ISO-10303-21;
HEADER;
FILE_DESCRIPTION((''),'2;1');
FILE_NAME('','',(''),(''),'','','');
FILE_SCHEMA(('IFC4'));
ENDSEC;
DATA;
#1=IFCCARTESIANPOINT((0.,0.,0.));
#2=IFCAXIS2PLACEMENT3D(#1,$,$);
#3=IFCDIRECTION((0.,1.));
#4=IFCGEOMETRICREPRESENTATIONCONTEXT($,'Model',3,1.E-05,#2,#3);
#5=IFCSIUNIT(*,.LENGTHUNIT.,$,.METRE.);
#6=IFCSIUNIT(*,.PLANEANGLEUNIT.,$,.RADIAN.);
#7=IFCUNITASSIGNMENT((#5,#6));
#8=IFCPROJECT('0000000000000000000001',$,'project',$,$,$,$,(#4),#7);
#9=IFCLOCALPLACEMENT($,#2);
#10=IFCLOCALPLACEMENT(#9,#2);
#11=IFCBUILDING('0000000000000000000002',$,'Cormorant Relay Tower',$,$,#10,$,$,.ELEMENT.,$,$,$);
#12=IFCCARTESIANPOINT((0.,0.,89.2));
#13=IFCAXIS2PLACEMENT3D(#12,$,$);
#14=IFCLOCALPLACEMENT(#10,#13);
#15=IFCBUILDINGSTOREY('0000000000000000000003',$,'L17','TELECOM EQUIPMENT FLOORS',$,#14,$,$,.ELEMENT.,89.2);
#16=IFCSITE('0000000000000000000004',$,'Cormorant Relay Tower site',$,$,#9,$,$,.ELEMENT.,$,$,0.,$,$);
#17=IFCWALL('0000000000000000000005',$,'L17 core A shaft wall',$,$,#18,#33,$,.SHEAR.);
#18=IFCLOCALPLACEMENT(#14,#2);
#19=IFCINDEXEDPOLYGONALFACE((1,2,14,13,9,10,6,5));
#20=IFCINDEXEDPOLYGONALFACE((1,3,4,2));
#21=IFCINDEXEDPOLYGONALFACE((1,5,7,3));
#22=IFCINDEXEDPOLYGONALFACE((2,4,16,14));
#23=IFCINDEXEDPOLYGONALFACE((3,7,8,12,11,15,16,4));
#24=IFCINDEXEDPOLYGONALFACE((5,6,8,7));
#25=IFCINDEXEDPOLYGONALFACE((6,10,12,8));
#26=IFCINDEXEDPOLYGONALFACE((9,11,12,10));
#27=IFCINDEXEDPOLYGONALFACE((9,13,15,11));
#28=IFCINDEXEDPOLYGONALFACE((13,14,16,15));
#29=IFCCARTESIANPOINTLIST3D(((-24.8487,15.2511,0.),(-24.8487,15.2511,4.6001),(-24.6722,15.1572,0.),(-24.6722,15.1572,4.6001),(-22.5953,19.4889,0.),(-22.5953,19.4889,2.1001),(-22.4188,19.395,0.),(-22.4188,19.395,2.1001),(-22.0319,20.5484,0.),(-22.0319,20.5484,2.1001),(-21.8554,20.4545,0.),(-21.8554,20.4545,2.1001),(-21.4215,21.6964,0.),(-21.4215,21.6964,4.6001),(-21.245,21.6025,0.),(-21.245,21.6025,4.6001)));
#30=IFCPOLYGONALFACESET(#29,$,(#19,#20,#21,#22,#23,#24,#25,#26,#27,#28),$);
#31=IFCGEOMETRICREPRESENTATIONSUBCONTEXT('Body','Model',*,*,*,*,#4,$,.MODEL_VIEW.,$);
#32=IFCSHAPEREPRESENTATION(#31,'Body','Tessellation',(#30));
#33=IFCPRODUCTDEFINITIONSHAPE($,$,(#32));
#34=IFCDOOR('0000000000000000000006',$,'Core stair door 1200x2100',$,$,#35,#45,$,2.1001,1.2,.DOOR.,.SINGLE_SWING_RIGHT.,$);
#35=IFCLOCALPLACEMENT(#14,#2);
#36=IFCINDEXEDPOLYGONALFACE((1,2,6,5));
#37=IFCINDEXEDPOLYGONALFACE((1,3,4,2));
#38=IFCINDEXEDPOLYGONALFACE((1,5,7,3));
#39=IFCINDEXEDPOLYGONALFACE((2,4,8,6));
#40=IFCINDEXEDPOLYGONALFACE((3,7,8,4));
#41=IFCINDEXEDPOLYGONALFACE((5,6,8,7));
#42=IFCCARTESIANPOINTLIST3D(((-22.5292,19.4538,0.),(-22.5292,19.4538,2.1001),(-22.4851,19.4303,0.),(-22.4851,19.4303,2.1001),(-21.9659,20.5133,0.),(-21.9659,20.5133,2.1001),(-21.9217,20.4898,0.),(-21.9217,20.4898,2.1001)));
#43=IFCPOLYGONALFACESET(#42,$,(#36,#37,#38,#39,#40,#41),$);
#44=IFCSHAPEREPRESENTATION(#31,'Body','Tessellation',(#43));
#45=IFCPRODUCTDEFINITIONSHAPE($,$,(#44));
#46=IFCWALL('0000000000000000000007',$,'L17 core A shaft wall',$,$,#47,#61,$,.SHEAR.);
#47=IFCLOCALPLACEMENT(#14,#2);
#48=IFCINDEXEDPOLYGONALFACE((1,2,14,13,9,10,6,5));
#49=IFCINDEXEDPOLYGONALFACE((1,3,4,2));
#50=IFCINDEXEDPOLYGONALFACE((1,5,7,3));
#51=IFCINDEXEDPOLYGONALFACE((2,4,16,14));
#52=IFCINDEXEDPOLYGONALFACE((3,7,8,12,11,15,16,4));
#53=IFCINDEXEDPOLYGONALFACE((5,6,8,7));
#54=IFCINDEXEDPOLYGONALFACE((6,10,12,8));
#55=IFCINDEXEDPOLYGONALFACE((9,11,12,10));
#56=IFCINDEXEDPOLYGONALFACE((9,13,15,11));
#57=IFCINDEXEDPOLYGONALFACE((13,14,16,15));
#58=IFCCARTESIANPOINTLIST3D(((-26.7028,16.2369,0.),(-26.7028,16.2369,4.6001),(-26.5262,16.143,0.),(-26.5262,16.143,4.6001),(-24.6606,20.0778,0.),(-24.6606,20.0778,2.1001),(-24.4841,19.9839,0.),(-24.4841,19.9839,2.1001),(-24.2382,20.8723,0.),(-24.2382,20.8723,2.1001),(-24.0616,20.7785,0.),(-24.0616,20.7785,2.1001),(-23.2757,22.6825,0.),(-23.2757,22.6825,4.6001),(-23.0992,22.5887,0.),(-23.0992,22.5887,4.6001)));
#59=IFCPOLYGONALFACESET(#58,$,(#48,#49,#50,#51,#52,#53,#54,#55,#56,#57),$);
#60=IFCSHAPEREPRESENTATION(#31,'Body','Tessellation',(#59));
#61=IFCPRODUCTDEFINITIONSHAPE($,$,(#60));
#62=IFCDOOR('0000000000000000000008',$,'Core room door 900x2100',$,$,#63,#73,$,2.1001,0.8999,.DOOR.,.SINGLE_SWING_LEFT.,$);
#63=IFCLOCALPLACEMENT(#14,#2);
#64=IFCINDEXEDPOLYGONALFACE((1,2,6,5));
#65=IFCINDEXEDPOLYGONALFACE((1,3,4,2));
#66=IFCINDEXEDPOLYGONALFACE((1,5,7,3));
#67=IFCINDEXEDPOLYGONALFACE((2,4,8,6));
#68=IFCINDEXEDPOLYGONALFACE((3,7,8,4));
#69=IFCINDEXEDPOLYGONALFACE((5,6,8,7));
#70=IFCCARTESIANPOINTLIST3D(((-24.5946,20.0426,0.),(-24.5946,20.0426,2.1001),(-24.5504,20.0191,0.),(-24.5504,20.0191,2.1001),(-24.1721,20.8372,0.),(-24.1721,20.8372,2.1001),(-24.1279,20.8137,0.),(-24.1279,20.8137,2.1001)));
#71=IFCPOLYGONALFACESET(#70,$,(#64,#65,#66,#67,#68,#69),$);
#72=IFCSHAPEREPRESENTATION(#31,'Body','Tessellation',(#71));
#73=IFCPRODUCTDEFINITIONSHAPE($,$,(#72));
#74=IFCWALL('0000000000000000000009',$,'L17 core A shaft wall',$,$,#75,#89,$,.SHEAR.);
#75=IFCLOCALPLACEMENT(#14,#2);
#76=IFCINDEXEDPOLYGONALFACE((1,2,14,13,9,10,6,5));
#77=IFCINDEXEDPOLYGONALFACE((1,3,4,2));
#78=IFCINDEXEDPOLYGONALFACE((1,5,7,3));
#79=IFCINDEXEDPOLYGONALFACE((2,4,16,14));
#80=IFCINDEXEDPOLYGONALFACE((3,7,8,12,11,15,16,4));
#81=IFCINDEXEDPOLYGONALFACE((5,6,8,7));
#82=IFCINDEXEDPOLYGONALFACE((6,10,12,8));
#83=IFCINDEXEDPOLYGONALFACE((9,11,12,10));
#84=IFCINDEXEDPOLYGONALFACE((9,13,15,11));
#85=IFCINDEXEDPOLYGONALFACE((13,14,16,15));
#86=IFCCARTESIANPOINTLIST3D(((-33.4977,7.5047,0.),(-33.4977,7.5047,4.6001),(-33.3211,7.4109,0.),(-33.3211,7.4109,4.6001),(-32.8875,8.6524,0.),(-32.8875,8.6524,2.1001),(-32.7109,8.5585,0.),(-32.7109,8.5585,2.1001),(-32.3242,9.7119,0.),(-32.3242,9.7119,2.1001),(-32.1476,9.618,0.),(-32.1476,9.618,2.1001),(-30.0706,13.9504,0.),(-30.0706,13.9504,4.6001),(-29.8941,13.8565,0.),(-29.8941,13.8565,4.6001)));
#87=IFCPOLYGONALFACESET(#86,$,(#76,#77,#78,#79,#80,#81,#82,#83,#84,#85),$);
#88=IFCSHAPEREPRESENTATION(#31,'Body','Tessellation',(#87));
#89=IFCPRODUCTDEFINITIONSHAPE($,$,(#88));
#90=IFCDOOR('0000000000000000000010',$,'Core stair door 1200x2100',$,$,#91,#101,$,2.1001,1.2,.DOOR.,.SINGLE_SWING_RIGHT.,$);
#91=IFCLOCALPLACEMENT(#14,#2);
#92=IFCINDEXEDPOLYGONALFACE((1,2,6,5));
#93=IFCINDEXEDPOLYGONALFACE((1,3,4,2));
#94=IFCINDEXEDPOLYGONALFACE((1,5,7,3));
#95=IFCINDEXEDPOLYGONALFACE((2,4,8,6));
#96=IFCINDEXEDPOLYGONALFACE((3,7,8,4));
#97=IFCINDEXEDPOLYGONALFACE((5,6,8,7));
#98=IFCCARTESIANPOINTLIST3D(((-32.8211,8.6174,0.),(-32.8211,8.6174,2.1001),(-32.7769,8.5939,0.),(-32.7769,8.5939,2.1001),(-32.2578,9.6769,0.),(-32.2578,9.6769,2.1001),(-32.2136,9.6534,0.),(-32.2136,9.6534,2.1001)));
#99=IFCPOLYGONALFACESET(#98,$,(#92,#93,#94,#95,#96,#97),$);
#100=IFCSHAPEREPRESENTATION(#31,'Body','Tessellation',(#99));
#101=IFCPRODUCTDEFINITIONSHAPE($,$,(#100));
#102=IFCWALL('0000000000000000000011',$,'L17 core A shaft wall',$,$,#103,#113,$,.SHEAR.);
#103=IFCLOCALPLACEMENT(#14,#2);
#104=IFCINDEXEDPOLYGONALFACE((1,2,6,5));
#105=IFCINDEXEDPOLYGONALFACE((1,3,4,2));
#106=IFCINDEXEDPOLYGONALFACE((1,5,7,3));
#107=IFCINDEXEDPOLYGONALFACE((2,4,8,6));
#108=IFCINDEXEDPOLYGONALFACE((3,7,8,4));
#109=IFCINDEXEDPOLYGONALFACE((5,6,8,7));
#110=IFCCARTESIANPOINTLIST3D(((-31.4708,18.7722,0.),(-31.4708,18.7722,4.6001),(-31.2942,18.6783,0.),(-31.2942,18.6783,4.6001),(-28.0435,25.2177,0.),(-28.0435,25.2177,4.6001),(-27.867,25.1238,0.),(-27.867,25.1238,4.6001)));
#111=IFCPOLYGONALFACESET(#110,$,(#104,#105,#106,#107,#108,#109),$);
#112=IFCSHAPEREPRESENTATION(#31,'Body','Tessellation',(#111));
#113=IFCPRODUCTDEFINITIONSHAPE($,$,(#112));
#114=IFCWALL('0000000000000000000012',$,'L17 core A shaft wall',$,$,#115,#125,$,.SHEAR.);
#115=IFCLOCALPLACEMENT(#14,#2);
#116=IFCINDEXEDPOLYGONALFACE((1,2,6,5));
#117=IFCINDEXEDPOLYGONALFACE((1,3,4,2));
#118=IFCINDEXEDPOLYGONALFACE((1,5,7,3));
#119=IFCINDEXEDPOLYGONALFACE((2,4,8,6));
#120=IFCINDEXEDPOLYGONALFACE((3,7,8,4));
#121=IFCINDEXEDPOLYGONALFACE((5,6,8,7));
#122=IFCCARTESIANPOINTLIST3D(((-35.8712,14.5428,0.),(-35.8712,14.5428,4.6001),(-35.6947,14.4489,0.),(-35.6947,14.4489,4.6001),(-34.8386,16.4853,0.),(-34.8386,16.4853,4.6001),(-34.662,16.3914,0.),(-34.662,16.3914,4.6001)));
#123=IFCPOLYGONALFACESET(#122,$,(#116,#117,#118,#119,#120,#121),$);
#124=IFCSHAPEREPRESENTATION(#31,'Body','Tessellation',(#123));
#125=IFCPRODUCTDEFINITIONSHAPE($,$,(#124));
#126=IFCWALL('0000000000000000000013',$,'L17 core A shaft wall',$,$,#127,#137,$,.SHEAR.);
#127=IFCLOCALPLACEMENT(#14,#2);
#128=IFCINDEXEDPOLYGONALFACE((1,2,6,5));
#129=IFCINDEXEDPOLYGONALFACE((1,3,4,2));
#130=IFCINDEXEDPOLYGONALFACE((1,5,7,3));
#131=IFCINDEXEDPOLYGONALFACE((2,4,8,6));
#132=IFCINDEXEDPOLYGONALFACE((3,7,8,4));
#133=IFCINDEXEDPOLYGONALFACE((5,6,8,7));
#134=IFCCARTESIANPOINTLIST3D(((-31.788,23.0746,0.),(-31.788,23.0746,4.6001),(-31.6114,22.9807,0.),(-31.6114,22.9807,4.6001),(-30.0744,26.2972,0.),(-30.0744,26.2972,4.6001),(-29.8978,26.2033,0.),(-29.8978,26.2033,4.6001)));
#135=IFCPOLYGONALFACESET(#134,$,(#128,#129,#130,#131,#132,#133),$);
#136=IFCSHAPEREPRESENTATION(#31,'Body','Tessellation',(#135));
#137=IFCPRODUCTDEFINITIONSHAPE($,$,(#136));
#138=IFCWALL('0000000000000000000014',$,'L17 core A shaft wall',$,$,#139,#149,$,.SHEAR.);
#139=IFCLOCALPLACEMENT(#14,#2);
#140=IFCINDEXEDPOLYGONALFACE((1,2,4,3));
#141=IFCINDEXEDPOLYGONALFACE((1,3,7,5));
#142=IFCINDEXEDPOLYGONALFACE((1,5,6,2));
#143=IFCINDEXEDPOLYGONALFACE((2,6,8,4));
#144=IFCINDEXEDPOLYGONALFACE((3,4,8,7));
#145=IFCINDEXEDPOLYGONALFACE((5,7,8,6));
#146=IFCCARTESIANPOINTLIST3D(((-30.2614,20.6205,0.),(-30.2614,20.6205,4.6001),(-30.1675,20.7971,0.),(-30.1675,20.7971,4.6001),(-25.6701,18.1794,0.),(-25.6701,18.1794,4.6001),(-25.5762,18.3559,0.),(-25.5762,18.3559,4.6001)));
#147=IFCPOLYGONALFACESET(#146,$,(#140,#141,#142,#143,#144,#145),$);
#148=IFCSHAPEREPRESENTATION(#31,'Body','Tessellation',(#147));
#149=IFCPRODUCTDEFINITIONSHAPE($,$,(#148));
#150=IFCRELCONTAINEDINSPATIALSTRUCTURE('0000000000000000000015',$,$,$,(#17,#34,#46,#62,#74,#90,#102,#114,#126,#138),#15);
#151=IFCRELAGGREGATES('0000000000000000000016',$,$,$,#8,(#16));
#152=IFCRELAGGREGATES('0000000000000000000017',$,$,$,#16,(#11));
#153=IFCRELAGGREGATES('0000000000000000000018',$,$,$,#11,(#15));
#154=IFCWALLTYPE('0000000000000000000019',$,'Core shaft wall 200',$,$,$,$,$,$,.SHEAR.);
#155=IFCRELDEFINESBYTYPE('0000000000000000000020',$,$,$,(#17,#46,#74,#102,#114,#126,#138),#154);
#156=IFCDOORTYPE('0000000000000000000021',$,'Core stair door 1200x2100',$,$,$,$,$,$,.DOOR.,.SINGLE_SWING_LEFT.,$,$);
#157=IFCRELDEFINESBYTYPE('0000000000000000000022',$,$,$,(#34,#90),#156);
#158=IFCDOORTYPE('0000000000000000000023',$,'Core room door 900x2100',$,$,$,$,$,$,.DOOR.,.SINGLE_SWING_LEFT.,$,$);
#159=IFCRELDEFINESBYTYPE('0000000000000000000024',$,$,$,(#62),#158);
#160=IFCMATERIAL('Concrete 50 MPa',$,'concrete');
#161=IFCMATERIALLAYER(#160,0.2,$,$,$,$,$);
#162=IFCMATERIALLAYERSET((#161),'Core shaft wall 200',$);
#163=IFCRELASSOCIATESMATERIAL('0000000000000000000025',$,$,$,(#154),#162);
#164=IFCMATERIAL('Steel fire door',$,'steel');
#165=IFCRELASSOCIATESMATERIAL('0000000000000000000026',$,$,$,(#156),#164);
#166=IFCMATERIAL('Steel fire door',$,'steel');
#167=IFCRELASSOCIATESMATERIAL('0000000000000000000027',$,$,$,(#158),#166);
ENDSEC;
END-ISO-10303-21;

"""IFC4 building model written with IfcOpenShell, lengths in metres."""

from ifc_helpers import new_model, si_unit, direction, frame, frame_2d, origin, place, context, subcontext, project, spatial, rectangle, extrude, material, layer, layer_set, type_object, element, fill, save


model = new_model("IFC4")

# Units and contexts
model_context = context("Model", 3, precision=1e-05, world=origin(), true_north=direction((0.0, 1.0)))
body_context = subcontext(model_context, "Body", "Model", "MODEL_VIEW")
ifc_project = project(units=[si_unit("LENGTHUNIT", "METRE"), si_unit("PLANEANGLEUNIT", "RADIAN")], contexts=[model_context])

# Site, building, storey
site_placement = place(None, origin())
site = spatial("IfcSite", under=ifc_project, at=site_placement, Name="Cormorant Relay Tower site", CompositionType="ELEMENT", RefElevation=0.0)
building_placement = place(site_placement, origin())
building = spatial("IfcBuilding", under=site, at=building_placement, Name="Cormorant Relay Tower", CompositionType="ELEMENT")
storey_placement = place(building_placement, frame((0.0, 0.0, 89.2)))
storey = spatial("IfcBuildingStorey", under=building, at=storey_placement, Name="L17", Description="TELECOM EQUIPMENT FLOORS", CompositionType="ELEMENT", Elevation=89.2)

# Walls, openings, doors
ifc_material_1 = material(Name="Concrete 50 MPa", Category="concrete")
ifc_layer_1 = layer(ifc_material_1, 0.2)
ifc_layer_set_1 = layer_set([ifc_layer_1], Name="Core shaft wall 200")
wall_type_1 = type_object("IfcWallType", Name="Core shaft wall 200", PredefinedType="SHEAR", material=ifc_layer_set_1)
wall_1_placement = place(storey_placement, frame((-21.3333, 21.6494, 0.0), z_axis=(0.0, 0.0, 1.0), x_axis=(-0.469494, -0.882936, 0.0)))
wall_1 = element("IfcWall", 1, at=wall_1_placement, inside=storey, type_object=wall_type_1, Name="L17 core A shaft wall", PredefinedType="SHEAR", context=body_context, shape_type="SweptSolid", body=[
    extrude(rectangle(XDim=7.2998, YDim=0.2, at=frame_2d((3.6499, 0.0))), origin(), (0.0, 0.0, 1.0), 4.6001),
])
opening_1_placement = place(wall_1_placement, frame((1.3, 0.0, 0.0)))
opening_1 = element("IfcOpeningElement", 2, at=opening_1_placement, cuts=wall_1, PredefinedType="OPENING", context=body_context, shape_type="SweptSolid", body=[
    extrude(rectangle(XDim=1.2, YDim=2.1001, at=frame_2d((0.6001, 1.05))), frame((0.0, 0.1099, 0.0), z_axis=(0.0, -1.0, 0.0), x_axis=(1.0, 0.0, 0.0)), (0.0, 0.0, 1.0), 0.22),
])
ifc_material_2 = material(Name="Steel fire door", Category="steel")
door_type_1 = type_object("IfcDoorType", Name="Core stair door 1200x2100", OperationType="SINGLE_SWING_LEFT", PredefinedType="DOOR", material=ifc_material_2)
door_1_placement = place(opening_1_placement, origin())
door_1 = element("IfcDoor", 3, at=door_1_placement, inside=storey, type_object=door_type_1, Name="Core stair door 1200x2100", OperationType="SINGLE_SWING_RIGHT", OverallHeight=2.1001, OverallWidth=1.2, PredefinedType="DOOR", context=body_context, shape_type="SweptSolid", body=[
    extrude(rectangle(XDim=1.2, YDim=2.1001, at=frame_2d((0.6001, 1.05))), frame((0.0, 0.0249, 0.0), z_axis=(0.0, -1.0, 0.0), x_axis=(1.0, 0.0, 0.0)), (0.0, 0.0, 1.0), 0.05),
])
fill(opening_1, door_1)
wall_2_placement = place(storey_placement, frame((-23.1875, 22.6355, 0.0), z_axis=(0.0, 0.0, 1.0), x_axis=(-0.469454, -0.882957, 0.0)))
wall_2 = element("IfcWall", 4, at=wall_2_placement, inside=storey, type_object=wall_type_1, Name="L17 core A shaft wall", PredefinedType="SHEAR", context=body_context, shape_type="SweptSolid", body=[
    extrude(rectangle(XDim=7.3, YDim=0.2, at=frame_2d((3.6499, 0.0))), origin(), (0.0, 0.0, 1.0), 4.6001),
])
opening_2_placement = place(wall_2_placement, frame((2.05, 0.0, 0.0)))
opening_2 = element("IfcOpeningElement", 5, at=opening_2_placement, cuts=wall_2, PredefinedType="OPENING", context=body_context, shape_type="SweptSolid", body=[
    extrude(rectangle(XDim=0.8999, YDim=2.1001, at=frame_2d((0.45, 1.05))), frame((0.0, 0.1099, 0.0), z_axis=(0.0, -1.0, 0.0), x_axis=(1.0, 0.0, 0.0)), (0.0, 0.0, 1.0), 0.22),
])
ifc_material_3 = material(Name="Steel fire door", Category="steel")
door_type_2 = type_object("IfcDoorType", Name="Core room door 900x2100", OperationType="SINGLE_SWING_LEFT", PredefinedType="DOOR", material=ifc_material_3)
door_2_placement = place(opening_2_placement, origin())
door_2 = element("IfcDoor", 6, at=door_2_placement, inside=storey, type_object=door_type_2, Name="Core room door 900x2100", OperationType="SINGLE_SWING_LEFT", OverallHeight=2.1001, OverallWidth=0.8999, PredefinedType="DOOR", context=body_context, shape_type="SweptSolid", body=[
    extrude(rectangle(XDim=0.8999, YDim=2.1001, at=frame_2d((0.45, 1.05))), frame((0.0, 0.0249, 0.0), z_axis=(0.0, -1.0, 0.0), x_axis=(1.0, 0.0, 0.0)), (0.0, 0.0, 1.0), 0.05),
])
fill(opening_2, door_2)
wall_3_placement = place(storey_placement, frame((-29.9824, 13.9033, 0.0), z_axis=(0.0, 0.0, 1.0), x_axis=(-0.469454, -0.882957, 0.0)))
wall_3 = element("IfcWall", 7, at=wall_3_placement, inside=storey, type_object=wall_type_1, Name="L17 core A shaft wall", PredefinedType="SHEAR", context=body_context, shape_type="SweptSolid", body=[
    extrude(rectangle(XDim=7.3, YDim=0.2, at=frame_2d((3.6499, 0.0))), origin(), (0.0, 0.0, 1.0), 4.6001),
])
opening_3_placement = place(wall_3_placement, frame((4.8, 0.0, 0.0)))
opening_3 = element("IfcOpeningElement", 8, at=opening_3_placement, cuts=wall_3, PredefinedType="OPENING", context=body_context, shape_type="SweptSolid", body=[
    extrude(rectangle(XDim=1.2, YDim=2.1001, at=frame_2d((0.6001, 1.05))), frame((0.0, 0.1099, 0.0), z_axis=(0.0, -1.0, 0.0), x_axis=(1.0, 0.0, 0.0)), (0.0, 0.0, 1.0), 0.22),
])
door_3_placement = place(opening_3_placement, frame((1.2, 0.0, 0.0), z_axis=(0.0, 0.0, 1.0), x_axis=(-1.0, 0.0, 0.0)))
door_3 = element("IfcDoor", 9, at=door_3_placement, inside=storey, type_object=door_type_1, Name="Core stair door 1200x2100", OperationType="SINGLE_SWING_RIGHT", OverallHeight=2.1001, OverallWidth=1.2, PredefinedType="DOOR", context=body_context, shape_type="SweptSolid", body=[
    extrude(rectangle(XDim=1.2, YDim=2.1001, at=frame_2d((0.6001, 1.05))), frame((0.0, 0.0249, 0.0), z_axis=(0.0, -1.0, 0.0), x_axis=(1.0, 0.0, 0.0)), (0.0, 0.0, 1.0), 0.05),
])
fill(opening_3, door_3)

# Walls
wall_4_placement = place(storey_placement, frame((-27.9553, 25.1707, 0.0), z_axis=(0.0, 0.0, 1.0), x_axis=(-0.46948, -0.882943, 0.0)))
element("IfcWall", 10, at=wall_4_placement, inside=storey, type_object=wall_type_1, Name="L17 core A shaft wall", PredefinedType="SHEAR", context=body_context, shape_type="SweptSolid", body=[
    extrude(rectangle(XDim=7.3, YDim=0.2, at=frame_2d((3.6499, 0.0))), origin(), (0.0, 0.0, 1.0), 4.6001),
])
wall_5_placement = place(storey_placement, frame((-34.7502, 16.4385, 0.0), z_axis=(0.0, 0.0, 1.0), x_axis=(-0.469401, -0.882985, 0.0)))
element("IfcWall", 11, at=wall_5_placement, inside=storey, type_object=wall_type_1, Name="L17 core A shaft wall", PredefinedType="SHEAR", context=body_context, shape_type="SweptSolid", body=[
    extrude(rectangle(XDim=2.2, YDim=0.2, at=frame_2d((1.1001, 0.0))), origin(), (0.0, 0.0, 1.0), 4.6001),
])
wall_6_placement = place(storey_placement, frame((-29.9861, 26.2502, 0.0), z_axis=(0.0, 0.0, 1.0), x_axis=(-0.469494, -0.882936, 0.0)))
element("IfcWall", 12, at=wall_6_placement, inside=storey, type_object=wall_type_1, Name="L17 core A shaft wall", PredefinedType="SHEAR", context=body_context, shape_type="SweptSolid", body=[
    extrude(rectangle(XDim=3.6499, YDim=0.2, at=frame_2d((1.825, 0.0))), origin(), (0.0, 0.0, 1.0), 4.6001),
])

# Wall
wall_7_placement = place(storey_placement, frame((-25.623, 18.2676, 0.0), z_axis=(0.0, 0.0, 1.0), x_axis=(-0.882954, 0.46946, 0.0)))
element("IfcWall", 13, at=wall_7_placement, inside=storey, type_object=wall_type_1, Name="L17 core A shaft wall", PredefinedType="SHEAR", context=body_context, shape_type="SweptSolid", body=[
    extrude(rectangle(XDim=5.2, YDim=0.2, at=frame_2d((2.6001, 0.0))), origin(), (0.0, 0.0, 1.0), 4.6001),
])

save(model, "model.ifc")
